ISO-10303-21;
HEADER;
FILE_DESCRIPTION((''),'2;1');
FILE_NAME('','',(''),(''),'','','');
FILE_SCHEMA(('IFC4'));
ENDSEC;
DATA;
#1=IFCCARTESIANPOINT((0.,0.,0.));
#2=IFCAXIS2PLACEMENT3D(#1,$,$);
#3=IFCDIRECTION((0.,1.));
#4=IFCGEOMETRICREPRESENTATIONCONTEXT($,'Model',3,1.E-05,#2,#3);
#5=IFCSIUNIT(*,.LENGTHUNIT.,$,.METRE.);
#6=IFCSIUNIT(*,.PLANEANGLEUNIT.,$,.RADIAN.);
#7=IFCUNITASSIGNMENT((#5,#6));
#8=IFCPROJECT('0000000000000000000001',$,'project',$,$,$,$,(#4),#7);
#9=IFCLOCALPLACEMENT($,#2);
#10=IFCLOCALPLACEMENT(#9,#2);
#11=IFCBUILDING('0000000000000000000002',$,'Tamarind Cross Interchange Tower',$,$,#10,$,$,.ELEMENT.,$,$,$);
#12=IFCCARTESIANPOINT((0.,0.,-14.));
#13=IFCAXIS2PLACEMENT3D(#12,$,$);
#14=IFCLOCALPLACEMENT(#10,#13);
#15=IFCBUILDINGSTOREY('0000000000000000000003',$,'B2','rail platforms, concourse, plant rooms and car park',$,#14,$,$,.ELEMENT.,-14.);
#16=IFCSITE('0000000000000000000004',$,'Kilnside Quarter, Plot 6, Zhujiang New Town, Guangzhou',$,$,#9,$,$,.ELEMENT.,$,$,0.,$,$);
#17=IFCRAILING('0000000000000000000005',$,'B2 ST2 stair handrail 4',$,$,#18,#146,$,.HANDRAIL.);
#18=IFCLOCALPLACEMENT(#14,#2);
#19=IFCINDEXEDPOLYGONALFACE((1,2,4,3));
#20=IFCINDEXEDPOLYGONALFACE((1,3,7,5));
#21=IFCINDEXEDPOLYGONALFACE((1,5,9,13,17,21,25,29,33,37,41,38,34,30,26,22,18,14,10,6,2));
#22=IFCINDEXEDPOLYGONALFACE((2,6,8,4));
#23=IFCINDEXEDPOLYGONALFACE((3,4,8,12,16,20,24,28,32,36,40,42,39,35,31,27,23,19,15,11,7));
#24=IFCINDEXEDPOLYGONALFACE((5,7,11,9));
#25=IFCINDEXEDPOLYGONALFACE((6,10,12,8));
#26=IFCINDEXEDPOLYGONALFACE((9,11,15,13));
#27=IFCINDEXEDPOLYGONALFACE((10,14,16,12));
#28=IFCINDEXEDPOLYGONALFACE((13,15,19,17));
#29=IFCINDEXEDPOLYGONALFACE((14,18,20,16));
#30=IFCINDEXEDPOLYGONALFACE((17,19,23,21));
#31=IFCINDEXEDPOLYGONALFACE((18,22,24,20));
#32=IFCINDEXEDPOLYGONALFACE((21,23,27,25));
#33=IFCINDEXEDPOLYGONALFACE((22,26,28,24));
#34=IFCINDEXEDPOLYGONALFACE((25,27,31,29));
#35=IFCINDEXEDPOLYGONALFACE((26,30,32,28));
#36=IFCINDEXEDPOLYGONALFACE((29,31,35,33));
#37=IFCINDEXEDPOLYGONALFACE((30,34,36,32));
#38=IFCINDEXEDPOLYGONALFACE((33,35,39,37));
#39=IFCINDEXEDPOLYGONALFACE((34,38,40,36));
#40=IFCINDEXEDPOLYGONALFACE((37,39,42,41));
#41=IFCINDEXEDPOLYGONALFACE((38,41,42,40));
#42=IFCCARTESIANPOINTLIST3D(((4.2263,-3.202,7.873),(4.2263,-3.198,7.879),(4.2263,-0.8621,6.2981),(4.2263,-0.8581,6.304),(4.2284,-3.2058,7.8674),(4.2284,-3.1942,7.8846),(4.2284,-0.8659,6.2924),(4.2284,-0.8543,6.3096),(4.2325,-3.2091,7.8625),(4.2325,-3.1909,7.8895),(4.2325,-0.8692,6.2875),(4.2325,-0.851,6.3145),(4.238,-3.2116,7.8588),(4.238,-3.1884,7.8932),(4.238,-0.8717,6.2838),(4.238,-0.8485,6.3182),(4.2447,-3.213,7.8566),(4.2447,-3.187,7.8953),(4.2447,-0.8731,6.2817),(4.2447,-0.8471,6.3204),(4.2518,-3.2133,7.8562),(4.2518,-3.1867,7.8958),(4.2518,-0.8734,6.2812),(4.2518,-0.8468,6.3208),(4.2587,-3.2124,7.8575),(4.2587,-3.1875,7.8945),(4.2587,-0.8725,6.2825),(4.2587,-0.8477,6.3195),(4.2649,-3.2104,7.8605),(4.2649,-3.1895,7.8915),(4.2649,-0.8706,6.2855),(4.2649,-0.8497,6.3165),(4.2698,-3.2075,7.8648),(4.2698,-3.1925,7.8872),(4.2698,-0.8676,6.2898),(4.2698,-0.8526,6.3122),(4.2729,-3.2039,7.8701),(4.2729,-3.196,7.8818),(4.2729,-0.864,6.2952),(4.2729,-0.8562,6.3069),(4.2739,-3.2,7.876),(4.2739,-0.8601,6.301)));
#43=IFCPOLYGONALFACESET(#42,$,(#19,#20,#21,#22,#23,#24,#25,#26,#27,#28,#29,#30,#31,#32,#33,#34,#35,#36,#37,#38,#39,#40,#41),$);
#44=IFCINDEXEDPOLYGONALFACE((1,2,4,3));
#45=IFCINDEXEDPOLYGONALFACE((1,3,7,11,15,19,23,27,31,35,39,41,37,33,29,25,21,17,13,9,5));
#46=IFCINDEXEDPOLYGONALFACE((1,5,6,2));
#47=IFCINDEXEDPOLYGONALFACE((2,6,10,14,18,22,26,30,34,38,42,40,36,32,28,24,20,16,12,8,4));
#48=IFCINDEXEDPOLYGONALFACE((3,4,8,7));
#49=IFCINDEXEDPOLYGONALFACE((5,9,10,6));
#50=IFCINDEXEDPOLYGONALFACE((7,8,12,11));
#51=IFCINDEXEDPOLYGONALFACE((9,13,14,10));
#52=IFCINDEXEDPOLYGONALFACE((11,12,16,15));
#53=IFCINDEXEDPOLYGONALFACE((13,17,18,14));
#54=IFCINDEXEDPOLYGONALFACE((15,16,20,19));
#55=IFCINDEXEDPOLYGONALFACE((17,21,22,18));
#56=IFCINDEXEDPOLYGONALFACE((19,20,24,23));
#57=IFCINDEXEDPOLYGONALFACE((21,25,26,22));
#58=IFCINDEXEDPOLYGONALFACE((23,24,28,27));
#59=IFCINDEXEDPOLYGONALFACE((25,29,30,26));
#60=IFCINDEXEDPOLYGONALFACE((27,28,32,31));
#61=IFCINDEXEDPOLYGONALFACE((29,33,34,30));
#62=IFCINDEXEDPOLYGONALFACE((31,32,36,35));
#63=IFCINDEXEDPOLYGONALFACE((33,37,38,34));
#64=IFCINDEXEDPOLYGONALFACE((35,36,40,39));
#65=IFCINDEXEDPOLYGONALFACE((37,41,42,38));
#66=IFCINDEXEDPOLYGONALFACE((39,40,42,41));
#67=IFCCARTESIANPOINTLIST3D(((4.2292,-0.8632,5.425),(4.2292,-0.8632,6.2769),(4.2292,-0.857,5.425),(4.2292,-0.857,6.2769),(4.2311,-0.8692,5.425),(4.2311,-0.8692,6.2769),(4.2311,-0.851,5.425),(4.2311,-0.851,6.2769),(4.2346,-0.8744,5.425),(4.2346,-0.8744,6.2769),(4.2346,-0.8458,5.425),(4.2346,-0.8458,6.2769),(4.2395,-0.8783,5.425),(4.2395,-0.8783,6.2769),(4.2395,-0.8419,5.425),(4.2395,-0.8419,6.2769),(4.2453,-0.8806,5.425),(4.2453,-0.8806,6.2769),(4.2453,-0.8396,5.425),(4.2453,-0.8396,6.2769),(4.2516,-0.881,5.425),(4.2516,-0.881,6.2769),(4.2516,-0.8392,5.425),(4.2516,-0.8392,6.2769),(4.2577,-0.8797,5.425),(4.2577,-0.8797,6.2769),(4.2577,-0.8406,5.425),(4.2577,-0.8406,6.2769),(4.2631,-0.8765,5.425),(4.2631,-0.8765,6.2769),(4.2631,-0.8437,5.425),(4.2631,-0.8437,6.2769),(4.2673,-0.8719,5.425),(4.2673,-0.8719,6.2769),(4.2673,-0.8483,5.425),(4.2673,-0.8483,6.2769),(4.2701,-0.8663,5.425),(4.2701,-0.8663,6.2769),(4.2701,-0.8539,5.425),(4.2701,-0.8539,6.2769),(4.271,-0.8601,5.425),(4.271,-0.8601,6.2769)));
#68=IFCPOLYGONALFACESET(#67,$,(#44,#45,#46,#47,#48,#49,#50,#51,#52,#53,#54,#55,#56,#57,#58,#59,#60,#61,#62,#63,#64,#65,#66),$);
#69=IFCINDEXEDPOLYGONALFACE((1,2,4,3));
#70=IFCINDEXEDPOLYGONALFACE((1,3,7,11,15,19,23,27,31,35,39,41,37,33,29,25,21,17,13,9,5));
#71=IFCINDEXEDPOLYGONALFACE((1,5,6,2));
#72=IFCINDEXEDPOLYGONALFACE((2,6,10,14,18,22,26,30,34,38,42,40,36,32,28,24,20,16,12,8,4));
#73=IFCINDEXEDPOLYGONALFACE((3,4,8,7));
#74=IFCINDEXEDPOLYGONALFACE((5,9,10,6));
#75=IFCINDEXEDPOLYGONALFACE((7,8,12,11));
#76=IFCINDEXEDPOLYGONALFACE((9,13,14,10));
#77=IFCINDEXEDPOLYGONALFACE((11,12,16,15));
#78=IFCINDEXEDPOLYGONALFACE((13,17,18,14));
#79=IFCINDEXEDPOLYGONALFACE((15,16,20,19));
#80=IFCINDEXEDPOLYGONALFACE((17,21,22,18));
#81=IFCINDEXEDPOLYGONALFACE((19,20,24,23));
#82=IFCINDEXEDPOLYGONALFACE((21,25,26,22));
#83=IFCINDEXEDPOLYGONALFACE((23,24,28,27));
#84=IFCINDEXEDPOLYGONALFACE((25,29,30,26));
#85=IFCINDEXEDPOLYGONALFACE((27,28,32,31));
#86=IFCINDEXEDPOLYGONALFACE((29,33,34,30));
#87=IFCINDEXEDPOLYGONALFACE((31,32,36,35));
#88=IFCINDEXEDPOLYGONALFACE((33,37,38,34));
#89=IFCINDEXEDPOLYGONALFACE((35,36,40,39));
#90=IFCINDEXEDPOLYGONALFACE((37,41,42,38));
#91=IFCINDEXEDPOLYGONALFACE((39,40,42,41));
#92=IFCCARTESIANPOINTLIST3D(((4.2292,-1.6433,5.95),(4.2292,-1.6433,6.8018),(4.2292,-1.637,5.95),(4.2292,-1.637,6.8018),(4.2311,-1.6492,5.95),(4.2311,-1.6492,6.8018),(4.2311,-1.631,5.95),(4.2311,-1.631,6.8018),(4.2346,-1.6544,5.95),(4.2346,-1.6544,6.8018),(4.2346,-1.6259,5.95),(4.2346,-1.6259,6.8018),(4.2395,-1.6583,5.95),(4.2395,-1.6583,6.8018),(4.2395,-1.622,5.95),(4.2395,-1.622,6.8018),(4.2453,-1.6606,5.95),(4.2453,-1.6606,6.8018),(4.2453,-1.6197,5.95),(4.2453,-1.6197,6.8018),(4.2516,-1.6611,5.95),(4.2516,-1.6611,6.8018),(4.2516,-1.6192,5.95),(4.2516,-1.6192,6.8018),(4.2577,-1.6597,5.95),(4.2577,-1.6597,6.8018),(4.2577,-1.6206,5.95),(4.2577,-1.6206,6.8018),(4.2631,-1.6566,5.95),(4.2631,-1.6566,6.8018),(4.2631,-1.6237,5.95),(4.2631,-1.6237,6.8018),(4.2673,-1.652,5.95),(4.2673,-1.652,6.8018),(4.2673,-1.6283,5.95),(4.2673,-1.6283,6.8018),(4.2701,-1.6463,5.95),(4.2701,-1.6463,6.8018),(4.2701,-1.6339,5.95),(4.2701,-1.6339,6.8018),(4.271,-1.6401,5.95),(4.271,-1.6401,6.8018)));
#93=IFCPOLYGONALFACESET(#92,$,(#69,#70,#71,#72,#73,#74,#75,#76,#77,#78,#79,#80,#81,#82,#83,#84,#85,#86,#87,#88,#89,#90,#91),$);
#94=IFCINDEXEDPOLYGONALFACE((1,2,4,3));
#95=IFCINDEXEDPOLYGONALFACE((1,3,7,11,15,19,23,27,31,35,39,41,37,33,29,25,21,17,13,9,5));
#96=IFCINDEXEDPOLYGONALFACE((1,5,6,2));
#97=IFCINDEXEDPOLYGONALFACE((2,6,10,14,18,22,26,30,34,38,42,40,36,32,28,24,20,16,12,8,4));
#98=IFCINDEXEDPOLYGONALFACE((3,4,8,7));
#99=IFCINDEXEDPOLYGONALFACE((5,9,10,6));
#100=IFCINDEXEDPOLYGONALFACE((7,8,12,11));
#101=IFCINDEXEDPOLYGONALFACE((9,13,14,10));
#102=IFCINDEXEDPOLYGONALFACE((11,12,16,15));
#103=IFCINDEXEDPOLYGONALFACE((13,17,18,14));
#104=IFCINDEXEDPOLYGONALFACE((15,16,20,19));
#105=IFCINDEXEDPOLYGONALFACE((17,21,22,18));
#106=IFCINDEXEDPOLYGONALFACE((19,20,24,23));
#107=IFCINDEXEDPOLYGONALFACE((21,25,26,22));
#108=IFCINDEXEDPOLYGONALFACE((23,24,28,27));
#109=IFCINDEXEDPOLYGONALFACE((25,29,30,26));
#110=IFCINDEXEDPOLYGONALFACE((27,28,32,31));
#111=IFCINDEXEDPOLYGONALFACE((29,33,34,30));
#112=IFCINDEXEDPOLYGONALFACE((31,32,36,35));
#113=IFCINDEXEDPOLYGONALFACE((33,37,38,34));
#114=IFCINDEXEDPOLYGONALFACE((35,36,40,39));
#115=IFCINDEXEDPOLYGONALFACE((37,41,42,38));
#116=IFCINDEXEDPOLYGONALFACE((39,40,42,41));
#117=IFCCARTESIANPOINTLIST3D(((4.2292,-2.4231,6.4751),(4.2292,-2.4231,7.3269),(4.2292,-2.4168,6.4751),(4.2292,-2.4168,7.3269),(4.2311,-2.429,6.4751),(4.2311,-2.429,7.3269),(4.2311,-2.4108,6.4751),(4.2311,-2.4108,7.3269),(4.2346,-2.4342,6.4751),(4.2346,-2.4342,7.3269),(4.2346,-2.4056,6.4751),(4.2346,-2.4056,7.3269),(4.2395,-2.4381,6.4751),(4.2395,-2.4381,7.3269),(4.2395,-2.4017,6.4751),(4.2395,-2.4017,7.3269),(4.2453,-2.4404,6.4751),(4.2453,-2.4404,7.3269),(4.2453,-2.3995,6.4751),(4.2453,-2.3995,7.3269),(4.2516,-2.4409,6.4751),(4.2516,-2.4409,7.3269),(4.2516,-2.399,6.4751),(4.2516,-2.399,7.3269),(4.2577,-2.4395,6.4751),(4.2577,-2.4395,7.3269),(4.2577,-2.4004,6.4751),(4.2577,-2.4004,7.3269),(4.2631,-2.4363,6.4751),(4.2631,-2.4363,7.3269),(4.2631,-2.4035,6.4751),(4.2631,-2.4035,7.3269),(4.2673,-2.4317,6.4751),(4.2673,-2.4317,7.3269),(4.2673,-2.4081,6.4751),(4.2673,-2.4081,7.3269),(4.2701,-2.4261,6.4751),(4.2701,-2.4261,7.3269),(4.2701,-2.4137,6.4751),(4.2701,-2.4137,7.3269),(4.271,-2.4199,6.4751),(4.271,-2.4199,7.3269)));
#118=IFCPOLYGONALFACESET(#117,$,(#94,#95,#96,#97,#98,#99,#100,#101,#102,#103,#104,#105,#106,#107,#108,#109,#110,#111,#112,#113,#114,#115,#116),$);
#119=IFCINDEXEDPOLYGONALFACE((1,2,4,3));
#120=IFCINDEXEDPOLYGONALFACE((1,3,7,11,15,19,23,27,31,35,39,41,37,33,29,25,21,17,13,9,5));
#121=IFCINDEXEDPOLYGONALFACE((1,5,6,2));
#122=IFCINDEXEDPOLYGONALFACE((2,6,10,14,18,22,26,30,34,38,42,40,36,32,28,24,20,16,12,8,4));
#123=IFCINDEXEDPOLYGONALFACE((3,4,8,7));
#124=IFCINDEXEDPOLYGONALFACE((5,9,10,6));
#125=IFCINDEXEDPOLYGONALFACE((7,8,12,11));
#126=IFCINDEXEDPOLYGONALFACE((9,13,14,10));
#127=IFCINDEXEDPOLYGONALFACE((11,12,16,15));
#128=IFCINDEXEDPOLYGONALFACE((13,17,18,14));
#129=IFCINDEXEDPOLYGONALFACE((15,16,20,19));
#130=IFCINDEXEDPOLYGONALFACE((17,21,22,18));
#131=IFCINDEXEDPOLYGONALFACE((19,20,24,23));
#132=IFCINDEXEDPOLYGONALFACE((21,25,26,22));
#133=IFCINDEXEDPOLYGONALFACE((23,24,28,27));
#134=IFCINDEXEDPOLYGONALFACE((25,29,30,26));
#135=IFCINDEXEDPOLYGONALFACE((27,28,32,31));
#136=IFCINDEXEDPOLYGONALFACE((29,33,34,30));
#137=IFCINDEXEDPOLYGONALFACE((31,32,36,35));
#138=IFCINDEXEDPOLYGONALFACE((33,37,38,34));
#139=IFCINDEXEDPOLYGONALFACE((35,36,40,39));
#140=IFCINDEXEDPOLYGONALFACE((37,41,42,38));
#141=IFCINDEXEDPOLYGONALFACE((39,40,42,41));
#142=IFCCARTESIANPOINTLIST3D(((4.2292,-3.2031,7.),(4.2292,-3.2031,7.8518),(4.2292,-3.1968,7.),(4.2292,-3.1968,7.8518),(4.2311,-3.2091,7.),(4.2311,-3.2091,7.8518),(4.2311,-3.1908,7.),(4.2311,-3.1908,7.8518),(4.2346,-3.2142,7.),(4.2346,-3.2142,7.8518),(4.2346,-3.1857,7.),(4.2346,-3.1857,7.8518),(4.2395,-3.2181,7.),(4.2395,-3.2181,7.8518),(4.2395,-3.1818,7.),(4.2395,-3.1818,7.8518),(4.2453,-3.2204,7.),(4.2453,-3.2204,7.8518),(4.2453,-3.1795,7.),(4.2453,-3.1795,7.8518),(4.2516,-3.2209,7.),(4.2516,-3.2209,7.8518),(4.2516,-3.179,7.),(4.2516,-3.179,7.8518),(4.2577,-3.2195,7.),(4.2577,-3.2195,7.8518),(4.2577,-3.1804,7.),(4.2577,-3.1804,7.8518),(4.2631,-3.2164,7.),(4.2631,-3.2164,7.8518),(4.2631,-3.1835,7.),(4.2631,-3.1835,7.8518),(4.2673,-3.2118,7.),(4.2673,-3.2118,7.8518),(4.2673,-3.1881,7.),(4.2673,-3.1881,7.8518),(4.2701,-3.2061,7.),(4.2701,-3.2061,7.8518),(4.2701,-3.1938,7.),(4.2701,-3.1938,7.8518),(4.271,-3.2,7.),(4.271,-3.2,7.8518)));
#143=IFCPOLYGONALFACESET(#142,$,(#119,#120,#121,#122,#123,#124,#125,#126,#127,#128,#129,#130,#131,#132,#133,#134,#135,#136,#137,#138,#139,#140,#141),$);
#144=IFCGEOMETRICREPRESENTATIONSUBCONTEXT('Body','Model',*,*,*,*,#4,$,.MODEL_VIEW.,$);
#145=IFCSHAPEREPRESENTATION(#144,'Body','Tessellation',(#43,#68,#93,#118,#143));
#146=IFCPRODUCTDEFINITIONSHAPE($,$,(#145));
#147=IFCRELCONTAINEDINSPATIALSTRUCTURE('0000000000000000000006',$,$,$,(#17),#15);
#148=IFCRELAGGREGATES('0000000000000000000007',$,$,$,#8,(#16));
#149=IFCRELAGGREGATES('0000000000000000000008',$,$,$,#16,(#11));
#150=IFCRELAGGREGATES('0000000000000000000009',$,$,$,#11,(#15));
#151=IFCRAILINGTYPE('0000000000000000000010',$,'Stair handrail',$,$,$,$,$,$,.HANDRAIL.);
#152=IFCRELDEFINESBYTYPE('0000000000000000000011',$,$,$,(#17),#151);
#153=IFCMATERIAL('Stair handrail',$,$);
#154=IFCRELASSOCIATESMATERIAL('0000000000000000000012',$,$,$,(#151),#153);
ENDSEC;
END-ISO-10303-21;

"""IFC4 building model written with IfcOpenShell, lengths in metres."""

from ifc_helpers import new_model, si_unit, direction, frame, origin, origin_2d, place, context, subcontext, project, spatial, circle, extrude, material, type_object, element, save


model = new_model("IFC4")

# Units and contexts
model_context = context("Model", 3, precision=1e-05, world=origin(), true_north=direction((0.0, 1.0)))
body_context = subcontext(model_context, "Body", "Model", "MODEL_VIEW")
ifc_project = project(units=[si_unit("LENGTHUNIT", "METRE"), si_unit("PLANEANGLEUNIT", "RADIAN")], contexts=[model_context])

# Site, building, storey
site_placement = place(None, origin())
site = spatial("IfcSite", under=ifc_project, at=site_placement, Name="Kilnside Quarter, Plot 6, Zhujiang New Town, Guangzhou", CompositionType="ELEMENT", RefElevation=0.0)
building_placement = place(site_placement, origin())
building = spatial("IfcBuilding", under=site, at=building_placement, Name="Tamarind Cross Interchange Tower", CompositionType="ELEMENT")
storey_placement = place(building_placement, frame((0.0, 0.0, -14.0)))
storey = spatial("IfcBuildingStorey", under=building, at=storey_placement, Name="B2", Description="rail platforms, concourse, plant rooms and car park", CompositionType="ELEMENT", Elevation=-14.0)

# Railing
ifc_material_1 = material(Name="Stair handrail")
railing_type_1 = type_object("IfcRailingType", Name="Stair handrail", PredefinedType="HANDRAIL", material=ifc_material_1)
railing_1_placement = place(storey_placement, frame((4.25, -0.8601, 5.425)))
element("IfcRailing", 1, at=railing_1_placement, inside=storey, type_object=railing_type_1, Name="B2 ST2 stair handrail 4", PredefinedType="HANDRAIL", context=body_context, shape_type="SweptSolid", body=[
    extrude(circle(Radius=0.0239, at=origin_2d()), frame((0.0, 0.0, 0.876), z_axis=(0.0, -0.829578, 0.55839), x_axis=(1.0, 0.0, 0.0)), (0.0, 0.0, 1.0), 2.8206),
    extrude(circle(Radius=0.021, at=origin_2d()), origin(), (0.0, 0.0, 1.0), 0.8518),
    extrude(circle(Radius=0.021, at=origin_2d()), frame((0.0, -0.78, 0.5249)), (0.0, 0.0, 1.0), 0.8518),
    extrude(circle(Radius=0.021, at=origin_2d()), frame((0.0, -1.5598, 1.05)), (0.0, 0.0, 1.0), 0.8518),
    extrude(circle(Radius=0.021, at=origin_2d()), frame((0.0, -2.3398, 1.575)), (0.0, 0.0, 1.0), 0.8518),
])

save(model, "model.ifc")
